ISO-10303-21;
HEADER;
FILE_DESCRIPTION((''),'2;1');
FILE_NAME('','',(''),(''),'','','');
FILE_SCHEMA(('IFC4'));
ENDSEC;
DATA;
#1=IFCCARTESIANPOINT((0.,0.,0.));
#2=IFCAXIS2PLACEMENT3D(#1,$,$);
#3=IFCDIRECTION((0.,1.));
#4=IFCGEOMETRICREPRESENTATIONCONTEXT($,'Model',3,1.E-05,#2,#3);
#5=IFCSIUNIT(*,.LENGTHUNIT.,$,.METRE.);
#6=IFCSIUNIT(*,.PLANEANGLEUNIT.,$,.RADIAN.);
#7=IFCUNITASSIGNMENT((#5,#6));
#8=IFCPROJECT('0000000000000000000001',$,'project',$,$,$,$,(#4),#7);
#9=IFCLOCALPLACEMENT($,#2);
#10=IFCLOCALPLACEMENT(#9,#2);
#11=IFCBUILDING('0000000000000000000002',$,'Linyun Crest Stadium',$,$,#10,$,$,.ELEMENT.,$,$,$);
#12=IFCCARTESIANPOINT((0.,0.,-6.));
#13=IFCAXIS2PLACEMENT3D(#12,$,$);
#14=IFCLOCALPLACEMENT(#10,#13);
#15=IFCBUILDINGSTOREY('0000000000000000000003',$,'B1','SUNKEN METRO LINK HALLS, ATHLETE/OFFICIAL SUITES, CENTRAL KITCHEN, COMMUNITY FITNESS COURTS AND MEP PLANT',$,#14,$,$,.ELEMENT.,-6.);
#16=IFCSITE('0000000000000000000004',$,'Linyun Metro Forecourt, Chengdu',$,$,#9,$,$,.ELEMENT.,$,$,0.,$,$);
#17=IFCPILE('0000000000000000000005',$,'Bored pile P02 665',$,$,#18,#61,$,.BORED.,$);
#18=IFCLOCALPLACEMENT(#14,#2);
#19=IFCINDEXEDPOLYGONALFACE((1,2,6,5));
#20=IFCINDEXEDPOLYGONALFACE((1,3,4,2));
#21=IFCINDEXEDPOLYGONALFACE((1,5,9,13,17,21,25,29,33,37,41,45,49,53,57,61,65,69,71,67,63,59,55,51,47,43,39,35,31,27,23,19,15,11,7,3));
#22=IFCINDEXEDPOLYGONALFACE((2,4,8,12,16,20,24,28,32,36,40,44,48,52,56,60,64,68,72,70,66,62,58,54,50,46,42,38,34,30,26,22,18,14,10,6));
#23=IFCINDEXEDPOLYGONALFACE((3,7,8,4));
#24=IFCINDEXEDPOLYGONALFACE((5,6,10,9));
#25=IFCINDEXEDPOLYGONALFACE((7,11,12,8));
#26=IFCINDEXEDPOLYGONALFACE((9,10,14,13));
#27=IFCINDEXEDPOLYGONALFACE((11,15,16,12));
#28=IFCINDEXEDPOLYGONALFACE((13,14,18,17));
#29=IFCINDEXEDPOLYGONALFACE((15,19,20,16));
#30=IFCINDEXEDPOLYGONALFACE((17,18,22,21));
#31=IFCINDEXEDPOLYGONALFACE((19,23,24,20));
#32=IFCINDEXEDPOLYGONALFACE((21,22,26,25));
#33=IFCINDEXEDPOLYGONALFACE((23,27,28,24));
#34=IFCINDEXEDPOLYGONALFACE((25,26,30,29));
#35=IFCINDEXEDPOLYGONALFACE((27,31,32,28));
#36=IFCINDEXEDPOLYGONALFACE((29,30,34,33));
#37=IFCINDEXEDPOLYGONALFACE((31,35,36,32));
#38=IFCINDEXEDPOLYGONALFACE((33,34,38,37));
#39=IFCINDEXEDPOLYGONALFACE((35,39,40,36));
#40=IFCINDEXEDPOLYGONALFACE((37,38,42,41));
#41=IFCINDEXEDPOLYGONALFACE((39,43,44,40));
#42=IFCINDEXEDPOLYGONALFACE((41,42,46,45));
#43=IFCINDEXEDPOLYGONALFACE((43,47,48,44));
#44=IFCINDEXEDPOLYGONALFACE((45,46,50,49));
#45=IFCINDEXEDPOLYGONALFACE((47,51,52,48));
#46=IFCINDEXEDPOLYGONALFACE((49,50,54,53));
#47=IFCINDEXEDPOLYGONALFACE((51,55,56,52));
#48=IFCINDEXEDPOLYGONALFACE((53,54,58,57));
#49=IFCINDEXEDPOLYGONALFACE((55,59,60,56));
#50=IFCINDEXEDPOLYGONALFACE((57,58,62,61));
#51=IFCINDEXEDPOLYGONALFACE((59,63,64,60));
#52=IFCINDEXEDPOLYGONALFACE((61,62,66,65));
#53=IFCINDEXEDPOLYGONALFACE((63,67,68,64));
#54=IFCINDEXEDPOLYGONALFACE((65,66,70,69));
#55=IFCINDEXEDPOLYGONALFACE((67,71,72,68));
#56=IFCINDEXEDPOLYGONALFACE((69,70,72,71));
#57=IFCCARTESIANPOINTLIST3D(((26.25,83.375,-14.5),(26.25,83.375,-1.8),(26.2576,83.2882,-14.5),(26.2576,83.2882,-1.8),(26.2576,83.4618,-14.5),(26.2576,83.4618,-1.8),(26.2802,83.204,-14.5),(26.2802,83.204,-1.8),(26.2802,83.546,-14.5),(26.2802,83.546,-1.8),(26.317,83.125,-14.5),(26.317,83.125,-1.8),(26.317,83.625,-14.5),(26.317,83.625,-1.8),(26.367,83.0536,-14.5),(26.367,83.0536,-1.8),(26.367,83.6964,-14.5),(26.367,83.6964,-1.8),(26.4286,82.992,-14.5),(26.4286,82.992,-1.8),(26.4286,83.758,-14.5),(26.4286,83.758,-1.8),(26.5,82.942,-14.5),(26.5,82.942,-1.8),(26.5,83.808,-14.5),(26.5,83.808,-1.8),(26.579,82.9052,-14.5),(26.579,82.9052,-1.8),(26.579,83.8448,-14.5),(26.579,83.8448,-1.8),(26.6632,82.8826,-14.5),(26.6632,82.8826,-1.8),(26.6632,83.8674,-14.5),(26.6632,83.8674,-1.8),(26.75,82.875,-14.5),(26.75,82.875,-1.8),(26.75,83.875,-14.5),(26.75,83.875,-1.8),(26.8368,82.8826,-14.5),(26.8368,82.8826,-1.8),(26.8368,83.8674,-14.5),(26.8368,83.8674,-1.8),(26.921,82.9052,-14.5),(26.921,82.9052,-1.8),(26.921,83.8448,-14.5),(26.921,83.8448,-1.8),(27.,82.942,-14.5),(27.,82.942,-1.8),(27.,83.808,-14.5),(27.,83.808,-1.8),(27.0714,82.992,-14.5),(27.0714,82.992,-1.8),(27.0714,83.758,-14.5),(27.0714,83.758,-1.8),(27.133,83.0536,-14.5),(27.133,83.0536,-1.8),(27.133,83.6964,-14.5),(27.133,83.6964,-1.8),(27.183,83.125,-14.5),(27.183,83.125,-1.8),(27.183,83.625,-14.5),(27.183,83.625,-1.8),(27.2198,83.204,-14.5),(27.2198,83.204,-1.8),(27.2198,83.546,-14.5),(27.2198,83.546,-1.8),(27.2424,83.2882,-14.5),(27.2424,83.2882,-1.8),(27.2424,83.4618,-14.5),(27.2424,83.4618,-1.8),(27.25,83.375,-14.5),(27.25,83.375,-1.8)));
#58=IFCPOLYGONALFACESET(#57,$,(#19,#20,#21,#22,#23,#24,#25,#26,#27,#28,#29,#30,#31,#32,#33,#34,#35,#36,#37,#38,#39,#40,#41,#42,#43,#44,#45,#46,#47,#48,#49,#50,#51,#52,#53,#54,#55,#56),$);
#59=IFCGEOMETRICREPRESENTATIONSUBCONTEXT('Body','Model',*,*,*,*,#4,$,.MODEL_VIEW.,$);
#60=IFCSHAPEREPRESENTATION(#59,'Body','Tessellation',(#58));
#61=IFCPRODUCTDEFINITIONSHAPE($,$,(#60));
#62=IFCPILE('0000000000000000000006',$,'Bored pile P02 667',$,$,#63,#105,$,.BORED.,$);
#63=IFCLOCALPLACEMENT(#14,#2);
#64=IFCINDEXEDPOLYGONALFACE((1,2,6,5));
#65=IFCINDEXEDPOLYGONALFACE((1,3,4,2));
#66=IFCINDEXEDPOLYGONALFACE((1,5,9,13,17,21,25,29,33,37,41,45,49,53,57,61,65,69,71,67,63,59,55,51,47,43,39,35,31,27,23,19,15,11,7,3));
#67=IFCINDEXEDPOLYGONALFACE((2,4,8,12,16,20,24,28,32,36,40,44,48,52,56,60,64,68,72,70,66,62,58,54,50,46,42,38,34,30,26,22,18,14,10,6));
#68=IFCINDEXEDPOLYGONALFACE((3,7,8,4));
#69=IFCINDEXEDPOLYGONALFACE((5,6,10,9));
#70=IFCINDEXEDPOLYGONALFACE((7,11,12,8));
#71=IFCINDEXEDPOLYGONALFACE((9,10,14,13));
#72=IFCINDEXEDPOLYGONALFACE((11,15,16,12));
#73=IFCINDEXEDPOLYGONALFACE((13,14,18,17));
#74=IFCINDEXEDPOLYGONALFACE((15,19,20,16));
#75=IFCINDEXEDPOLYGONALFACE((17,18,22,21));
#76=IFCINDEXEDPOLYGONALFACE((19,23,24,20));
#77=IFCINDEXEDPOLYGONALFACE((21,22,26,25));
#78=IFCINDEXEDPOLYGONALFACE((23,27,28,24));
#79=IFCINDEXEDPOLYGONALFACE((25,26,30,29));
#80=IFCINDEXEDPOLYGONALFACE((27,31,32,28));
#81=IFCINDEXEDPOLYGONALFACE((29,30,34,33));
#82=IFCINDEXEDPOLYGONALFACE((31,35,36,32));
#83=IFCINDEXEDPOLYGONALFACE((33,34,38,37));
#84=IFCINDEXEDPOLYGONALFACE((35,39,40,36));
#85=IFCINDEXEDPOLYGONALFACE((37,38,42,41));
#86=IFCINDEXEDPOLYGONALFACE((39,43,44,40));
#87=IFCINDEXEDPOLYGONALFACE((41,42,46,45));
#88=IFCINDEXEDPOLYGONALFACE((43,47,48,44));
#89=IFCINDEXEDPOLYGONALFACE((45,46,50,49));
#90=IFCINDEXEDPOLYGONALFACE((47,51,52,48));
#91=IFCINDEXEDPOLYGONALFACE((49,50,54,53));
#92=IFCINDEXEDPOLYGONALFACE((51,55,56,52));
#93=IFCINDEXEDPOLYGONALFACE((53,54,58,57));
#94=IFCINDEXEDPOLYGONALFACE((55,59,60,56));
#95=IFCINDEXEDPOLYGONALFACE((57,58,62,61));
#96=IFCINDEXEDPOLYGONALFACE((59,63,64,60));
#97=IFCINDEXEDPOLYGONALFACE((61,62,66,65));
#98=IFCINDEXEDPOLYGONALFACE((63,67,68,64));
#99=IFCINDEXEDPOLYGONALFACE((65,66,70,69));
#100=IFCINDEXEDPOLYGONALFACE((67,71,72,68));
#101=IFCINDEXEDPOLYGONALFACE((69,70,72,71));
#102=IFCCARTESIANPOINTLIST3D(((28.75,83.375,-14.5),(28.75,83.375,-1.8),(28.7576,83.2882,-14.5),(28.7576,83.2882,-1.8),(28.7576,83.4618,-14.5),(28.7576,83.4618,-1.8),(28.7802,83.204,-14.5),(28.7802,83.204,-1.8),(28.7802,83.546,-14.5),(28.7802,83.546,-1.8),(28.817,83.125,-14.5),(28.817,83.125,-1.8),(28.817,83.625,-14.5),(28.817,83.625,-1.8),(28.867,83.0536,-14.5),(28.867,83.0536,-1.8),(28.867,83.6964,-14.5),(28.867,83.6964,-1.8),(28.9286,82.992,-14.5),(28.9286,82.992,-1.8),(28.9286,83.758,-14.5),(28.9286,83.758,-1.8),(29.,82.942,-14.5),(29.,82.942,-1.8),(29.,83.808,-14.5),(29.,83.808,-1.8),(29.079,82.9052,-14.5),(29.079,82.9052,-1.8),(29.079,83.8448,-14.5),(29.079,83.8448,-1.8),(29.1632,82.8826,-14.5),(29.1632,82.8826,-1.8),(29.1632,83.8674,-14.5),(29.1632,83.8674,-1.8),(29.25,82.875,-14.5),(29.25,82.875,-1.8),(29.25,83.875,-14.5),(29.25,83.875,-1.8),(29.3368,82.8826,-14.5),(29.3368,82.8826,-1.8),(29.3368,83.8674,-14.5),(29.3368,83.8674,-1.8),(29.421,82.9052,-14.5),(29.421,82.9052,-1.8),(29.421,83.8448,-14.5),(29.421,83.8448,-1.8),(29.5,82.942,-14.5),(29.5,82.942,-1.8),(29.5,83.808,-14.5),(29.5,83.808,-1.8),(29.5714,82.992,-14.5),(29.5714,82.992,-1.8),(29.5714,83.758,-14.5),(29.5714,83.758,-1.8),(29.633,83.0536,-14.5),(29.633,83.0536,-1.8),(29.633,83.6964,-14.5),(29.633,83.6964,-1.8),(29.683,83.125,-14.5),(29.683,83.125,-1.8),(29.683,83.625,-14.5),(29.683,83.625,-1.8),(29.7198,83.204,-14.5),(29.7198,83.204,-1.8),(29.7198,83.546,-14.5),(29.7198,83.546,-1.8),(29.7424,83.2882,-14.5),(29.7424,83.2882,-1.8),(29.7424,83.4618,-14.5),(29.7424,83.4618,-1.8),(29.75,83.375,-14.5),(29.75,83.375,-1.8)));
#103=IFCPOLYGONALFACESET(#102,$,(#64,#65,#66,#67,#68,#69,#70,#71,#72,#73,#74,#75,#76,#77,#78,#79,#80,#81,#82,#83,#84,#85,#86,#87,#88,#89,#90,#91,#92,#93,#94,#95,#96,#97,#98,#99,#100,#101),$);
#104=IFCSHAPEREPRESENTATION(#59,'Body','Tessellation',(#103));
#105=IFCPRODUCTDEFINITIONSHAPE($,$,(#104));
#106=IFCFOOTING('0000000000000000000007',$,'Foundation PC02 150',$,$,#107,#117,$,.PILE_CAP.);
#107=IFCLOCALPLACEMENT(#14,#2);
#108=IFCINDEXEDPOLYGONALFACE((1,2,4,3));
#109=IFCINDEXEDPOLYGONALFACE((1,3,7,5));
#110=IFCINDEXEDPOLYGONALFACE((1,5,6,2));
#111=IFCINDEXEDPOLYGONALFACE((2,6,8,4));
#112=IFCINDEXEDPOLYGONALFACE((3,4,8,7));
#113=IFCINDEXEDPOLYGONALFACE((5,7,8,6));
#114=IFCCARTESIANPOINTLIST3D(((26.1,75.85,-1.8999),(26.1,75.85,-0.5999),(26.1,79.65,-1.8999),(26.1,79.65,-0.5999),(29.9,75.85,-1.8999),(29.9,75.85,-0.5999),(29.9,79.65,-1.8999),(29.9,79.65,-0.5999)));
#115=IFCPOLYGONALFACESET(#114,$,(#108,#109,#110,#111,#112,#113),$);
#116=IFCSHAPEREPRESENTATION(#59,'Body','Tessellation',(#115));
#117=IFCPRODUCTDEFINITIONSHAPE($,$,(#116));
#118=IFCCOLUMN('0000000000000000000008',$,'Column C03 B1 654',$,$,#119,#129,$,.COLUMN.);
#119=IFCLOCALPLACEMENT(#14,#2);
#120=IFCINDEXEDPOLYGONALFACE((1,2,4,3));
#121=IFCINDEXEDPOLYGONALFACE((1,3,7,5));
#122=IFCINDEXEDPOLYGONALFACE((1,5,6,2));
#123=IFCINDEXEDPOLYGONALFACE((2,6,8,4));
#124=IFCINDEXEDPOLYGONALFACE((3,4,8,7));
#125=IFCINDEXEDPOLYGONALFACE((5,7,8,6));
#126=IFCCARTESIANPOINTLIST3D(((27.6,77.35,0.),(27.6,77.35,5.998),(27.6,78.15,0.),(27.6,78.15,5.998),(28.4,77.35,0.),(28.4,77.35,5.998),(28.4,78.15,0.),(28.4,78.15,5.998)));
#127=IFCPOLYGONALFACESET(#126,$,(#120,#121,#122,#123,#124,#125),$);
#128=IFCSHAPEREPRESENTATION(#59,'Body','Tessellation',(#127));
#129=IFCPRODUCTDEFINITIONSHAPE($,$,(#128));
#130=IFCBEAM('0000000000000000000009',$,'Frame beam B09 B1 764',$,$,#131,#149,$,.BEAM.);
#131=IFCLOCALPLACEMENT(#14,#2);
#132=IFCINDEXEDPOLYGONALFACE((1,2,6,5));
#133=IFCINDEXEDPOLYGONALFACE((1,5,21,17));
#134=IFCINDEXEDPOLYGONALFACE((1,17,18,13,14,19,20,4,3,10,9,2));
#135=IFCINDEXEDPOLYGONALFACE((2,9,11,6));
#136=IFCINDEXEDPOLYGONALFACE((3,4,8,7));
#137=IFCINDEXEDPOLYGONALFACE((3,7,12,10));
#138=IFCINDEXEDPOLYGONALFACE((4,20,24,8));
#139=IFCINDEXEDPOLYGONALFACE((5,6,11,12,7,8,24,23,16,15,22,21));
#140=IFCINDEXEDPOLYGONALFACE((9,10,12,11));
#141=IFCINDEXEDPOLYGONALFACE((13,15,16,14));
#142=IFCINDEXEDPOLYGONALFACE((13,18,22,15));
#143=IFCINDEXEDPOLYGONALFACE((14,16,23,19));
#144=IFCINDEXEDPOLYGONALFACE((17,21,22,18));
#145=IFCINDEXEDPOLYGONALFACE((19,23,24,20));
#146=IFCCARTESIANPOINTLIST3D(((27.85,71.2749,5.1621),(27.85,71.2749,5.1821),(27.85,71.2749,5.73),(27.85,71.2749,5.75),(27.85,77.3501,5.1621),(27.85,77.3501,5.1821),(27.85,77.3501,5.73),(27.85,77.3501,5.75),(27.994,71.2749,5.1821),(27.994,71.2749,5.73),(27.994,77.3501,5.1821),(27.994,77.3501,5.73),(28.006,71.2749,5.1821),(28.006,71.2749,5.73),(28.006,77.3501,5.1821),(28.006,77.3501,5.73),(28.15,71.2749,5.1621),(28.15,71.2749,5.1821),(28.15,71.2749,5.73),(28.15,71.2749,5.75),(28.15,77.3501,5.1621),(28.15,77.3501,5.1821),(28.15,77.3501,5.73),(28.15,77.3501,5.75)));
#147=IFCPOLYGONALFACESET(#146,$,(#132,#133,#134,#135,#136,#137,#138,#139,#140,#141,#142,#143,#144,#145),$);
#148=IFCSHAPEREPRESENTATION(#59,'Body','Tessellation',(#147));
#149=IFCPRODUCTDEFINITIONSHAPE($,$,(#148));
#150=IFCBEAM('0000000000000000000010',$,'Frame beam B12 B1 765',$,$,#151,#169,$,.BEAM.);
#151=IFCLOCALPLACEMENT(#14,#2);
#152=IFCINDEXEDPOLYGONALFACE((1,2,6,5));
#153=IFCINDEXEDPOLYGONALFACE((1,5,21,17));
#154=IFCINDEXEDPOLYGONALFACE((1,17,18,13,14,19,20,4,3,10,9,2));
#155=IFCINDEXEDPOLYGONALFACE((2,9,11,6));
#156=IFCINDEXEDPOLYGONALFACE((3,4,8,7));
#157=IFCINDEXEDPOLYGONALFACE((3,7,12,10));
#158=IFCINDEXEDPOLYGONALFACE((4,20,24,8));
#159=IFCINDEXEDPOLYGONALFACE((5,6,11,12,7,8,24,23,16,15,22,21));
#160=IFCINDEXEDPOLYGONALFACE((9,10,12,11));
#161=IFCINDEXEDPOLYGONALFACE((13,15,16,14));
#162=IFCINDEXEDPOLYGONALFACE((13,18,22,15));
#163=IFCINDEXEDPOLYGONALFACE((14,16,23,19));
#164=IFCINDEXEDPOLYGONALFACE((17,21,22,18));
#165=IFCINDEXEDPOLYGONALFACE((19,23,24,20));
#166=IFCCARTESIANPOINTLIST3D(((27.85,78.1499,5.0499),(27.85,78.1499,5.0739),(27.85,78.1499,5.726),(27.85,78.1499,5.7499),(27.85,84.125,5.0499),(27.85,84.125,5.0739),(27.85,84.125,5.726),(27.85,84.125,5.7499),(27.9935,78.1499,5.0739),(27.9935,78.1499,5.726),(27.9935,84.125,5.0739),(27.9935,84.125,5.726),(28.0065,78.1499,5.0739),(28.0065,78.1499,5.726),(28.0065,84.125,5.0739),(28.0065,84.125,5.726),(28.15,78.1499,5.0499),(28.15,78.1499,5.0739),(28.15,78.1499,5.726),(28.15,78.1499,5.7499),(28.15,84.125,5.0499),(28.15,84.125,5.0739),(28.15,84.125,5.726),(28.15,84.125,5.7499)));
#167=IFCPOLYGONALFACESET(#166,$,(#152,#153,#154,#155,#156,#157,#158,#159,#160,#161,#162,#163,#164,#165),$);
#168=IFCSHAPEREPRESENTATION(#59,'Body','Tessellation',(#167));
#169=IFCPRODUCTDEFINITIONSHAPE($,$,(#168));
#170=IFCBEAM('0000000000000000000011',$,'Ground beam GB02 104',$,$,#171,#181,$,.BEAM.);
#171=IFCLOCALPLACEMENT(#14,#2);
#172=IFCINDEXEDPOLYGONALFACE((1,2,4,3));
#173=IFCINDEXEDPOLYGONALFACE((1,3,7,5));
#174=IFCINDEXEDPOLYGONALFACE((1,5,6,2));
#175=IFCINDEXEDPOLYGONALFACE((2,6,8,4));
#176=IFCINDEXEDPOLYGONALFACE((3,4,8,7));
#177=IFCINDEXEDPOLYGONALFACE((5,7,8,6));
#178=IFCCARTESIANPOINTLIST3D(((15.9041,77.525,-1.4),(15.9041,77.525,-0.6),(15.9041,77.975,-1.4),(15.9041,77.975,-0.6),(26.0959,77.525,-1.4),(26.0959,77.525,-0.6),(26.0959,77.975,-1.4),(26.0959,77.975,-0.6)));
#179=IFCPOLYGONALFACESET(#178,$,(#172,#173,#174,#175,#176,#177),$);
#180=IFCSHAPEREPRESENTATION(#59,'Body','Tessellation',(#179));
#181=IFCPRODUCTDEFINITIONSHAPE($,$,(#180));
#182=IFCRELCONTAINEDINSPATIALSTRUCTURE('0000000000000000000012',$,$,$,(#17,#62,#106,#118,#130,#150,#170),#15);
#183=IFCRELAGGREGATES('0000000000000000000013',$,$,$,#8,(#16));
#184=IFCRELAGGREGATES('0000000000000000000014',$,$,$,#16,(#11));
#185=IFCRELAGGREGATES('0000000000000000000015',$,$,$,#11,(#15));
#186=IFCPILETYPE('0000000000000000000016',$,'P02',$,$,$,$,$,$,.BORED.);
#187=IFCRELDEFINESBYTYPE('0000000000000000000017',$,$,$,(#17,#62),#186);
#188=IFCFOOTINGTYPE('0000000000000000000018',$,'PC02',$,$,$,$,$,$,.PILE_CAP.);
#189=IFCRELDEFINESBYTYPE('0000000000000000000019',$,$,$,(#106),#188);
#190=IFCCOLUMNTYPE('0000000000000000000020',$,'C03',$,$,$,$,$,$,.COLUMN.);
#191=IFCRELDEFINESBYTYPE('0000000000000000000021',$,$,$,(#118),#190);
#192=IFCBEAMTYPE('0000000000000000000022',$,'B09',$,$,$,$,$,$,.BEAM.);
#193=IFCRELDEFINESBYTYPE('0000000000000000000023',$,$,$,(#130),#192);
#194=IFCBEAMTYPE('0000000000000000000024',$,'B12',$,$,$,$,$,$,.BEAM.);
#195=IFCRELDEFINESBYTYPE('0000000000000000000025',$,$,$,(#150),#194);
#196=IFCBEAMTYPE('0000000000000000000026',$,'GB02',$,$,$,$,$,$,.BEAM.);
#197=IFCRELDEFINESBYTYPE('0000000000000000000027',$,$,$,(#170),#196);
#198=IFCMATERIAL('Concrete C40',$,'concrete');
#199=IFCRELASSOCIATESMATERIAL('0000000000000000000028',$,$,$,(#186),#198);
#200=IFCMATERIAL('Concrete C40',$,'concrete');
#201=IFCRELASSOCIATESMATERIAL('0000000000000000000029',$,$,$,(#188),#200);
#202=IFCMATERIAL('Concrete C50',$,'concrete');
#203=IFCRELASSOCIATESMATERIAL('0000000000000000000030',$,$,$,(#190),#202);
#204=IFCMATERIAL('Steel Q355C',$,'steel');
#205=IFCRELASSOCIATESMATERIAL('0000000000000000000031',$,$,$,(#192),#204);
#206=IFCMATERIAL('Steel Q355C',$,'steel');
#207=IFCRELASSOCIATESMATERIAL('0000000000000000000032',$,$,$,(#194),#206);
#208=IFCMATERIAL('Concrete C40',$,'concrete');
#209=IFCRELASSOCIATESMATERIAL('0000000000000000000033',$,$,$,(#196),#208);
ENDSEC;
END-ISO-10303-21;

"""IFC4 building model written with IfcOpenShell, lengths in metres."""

from ifc_helpers import new_model, si_unit, direction, frame, origin, origin_2d, place, context, subcontext, project, spatial, rectangle, circle, i_section, extrude, material, material_profile, profile_set, type_object, element, save


model = new_model("IFC4")

# Units and contexts
model_context = context("Model", 3, precision=1e-05, world=origin(), true_north=direction((0.0, 1.0)))
body_context = subcontext(model_context, "Body", "Model", "MODEL_VIEW")
ifc_project = project(units=[si_unit("LENGTHUNIT", "METRE"), si_unit("PLANEANGLEUNIT", "RADIAN")], contexts=[model_context])

# Site, building, storey
site_placement = place(None, origin())
site = spatial("IfcSite", under=ifc_project, at=site_placement, Name="Linyun Metro Forecourt, Chengdu", CompositionType="ELEMENT", RefElevation=0.0)
building_placement = place(site_placement, origin())
building = spatial("IfcBuilding", under=site, at=building_placement, Name="Linyun Crest Stadium", CompositionType="ELEMENT")
storey_placement = place(building_placement, frame((0.0, 0.0, -6.0)))
storey = spatial("IfcBuildingStorey", under=building, at=storey_placement, Name="B1", Description="SUNKEN METRO LINK HALLS, ATHLETE/OFFICIAL SUITES, CENTRAL KITCHEN, COMMUNITY FITNESS COURTS AND MEP PLANT", CompositionType="ELEMENT", Elevation=-6.0)

# Piles
ifc_material_1 = material(Name="Concrete C40", Category="concrete")
ifc_material_profile_1 = material_profile(ifc_material_1, circle(Radius=0.5, at=origin_2d()), Name="BORED PILE 1000")
ifc_profile_set_1 = profile_set([ifc_material_profile_1], Name="Concrete C40")
pile_type = type_object("IfcPileType", Name="P02", PredefinedType="BORED", material=ifc_profile_set_1)
for number, where, z_axis, x_axis, name in (
    (1, (26.75, 83.375, -1.8), (0.0, 0.0, -1.0), (1.0, 0.0, 0.0), "Bored pile P02 665"),
    (2, (29.25, 83.375, -1.8), (0.0, 0.0, -1.0), (1.0, 0.0, 0.0), "Bored pile P02 667"),
):
    element("IfcPile", number, at=place(storey_placement, frame(where, z_axis=z_axis, x_axis=x_axis)), inside=storey, type_object=pile_type, Name=name, PredefinedType="BORED", context=body_context, shape_type="SweptSolid", body=[
        extrude(circle(Radius=0.5, at=origin_2d()), origin(), (0.0, 0.0, 1.0), 12.7),
    ])

# Footing
ifc_material_2 = material(Name="Concrete C40", Category="concrete")
footing_type = type_object("IfcFootingType", Name="PC02", PredefinedType="PILE_CAP", material=ifc_material_2)
footing_placement = place(storey_placement, frame((28.0, 77.75, -1.8999), z_axis=(0.0, 0.0, 1.0), x_axis=(1.0, 0.0, 0.0)))
element("IfcFooting", 3, at=footing_placement, inside=storey, type_object=footing_type, Name="Foundation PC02 150", PredefinedType="PILE_CAP", context=body_context, shape_type="SweptSolid", body=[
    extrude(rectangle(XDim=3.8, YDim=3.8, at=origin_2d()), origin(), (0.0, 0.0, 1.0), 1.3),
])

# Column
ifc_material_3 = material(Name="Concrete C50", Category="concrete")
ifc_material_profile_2 = material_profile(ifc_material_3, rectangle(XDim=0.8, YDim=0.8, at=origin_2d()), Name="RC 800x800")
ifc_profile_set_2 = profile_set([ifc_material_profile_2], Name="Concrete C50")
column_type = type_object("IfcColumnType", Name="C03", PredefinedType="COLUMN", material=ifc_profile_set_2)
column_placement = place(storey_placement, frame((28.0, 77.75, 0.0), z_axis=(0.0, 0.0, 1.0), x_axis=(1.0, 0.0, 0.0)))
element("IfcColumn", 4, at=column_placement, inside=storey, type_object=column_type, Name="Column C03 B1 654", PredefinedType="COLUMN", context=body_context, shape_type="SweptSolid", body=[
    extrude(rectangle(XDim=0.8, YDim=0.8, at=origin_2d()), origin(), (0.0, 0.0, 1.0), 5.998),
])

# Beams
ifc_material_4 = material(Name="Steel Q355C", Category="steel")
ifc_material_profile_3 = material_profile(ifc_material_4, i_section(OverallWidth=0.3, OverallDepth=0.5879, WebThickness=0.012, FlangeThickness=0.02, at=origin_2d()), Name="HM 588x300")
ifc_profile_set_3 = profile_set([ifc_material_profile_3], Name="Steel Q355C")
beam_type_1 = type_object("IfcBeamType", Name="B09", PredefinedType="BEAM", material=ifc_profile_set_3)
beam_1_placement = place(storey_placement, frame((28.0, 71.2749, 5.4561), z_axis=(0.0, 1.0, 0.0), x_axis=(-1.0, 0.0, 0.0)))
element("IfcBeam", 5, at=beam_1_placement, inside=storey, type_object=beam_type_1, Name="Frame beam B09 B1 764", PredefinedType="BEAM", context=body_context, shape_type="SweptSolid", body=[
    extrude(i_section(OverallWidth=0.3, OverallDepth=0.5879, WebThickness=0.012, FlangeThickness=0.02, at=origin_2d()), origin(), (0.0, 0.0, 1.0), 6.0752),
])
ifc_material_5 = material(Name="Steel Q355C", Category="steel")
ifc_material_profile_4 = material_profile(ifc_material_5, i_section(OverallWidth=0.3, OverallDepth=0.7, WebThickness=0.0129, FlangeThickness=0.0239, at=origin_2d()), Name="HN 700x300")
ifc_profile_set_4 = profile_set([ifc_material_profile_4], Name="Steel Q355C")
beam_type_2 = type_object("IfcBeamType", Name="B12", PredefinedType="BEAM", material=ifc_profile_set_4)
beam_2_placement = place(storey_placement, frame((28.0, 78.1499, 5.3999), z_axis=(0.0, 1.0, 0.0), x_axis=(-1.0, 0.0, 0.0)))
element("IfcBeam", 6, at=beam_2_placement, inside=storey, type_object=beam_type_2, Name="Frame beam B12 B1 765", PredefinedType="BEAM", context=body_context, shape_type="SweptSolid", body=[
    extrude(i_section(OverallWidth=0.3, OverallDepth=0.7, WebThickness=0.0129, FlangeThickness=0.0239, at=origin_2d()), origin(), (0.0, 0.0, 1.0), 5.9751),
])
ifc_material_6 = material(Name="Concrete C40", Category="concrete")
ifc_material_profile_5 = material_profile(ifc_material_6, rectangle(XDim=0.45, YDim=0.8, at=origin_2d()), Name="RCB 800x450")
ifc_profile_set_5 = profile_set([ifc_material_profile_5], Name="Concrete C40")
beam_type_3 = type_object("IfcBeamType", Name="GB02", PredefinedType="BEAM", material=ifc_profile_set_5)
beam_3_placement = place(storey_placement, frame((15.9041, 77.75, -1.0), z_axis=(1.0, 0.0, 0.0), x_axis=(0.0, 1.0, 0.0)))
element("IfcBeam", 7, at=beam_3_placement, inside=storey, type_object=beam_type_3, Name="Ground beam GB02 104", PredefinedType="BEAM", context=body_context, shape_type="SweptSolid", body=[
    extrude(rectangle(XDim=0.45, YDim=0.8, at=origin_2d()), origin(), (0.0, 0.0, 1.0), 10.1919),
])

save(model, "model.ifc")
